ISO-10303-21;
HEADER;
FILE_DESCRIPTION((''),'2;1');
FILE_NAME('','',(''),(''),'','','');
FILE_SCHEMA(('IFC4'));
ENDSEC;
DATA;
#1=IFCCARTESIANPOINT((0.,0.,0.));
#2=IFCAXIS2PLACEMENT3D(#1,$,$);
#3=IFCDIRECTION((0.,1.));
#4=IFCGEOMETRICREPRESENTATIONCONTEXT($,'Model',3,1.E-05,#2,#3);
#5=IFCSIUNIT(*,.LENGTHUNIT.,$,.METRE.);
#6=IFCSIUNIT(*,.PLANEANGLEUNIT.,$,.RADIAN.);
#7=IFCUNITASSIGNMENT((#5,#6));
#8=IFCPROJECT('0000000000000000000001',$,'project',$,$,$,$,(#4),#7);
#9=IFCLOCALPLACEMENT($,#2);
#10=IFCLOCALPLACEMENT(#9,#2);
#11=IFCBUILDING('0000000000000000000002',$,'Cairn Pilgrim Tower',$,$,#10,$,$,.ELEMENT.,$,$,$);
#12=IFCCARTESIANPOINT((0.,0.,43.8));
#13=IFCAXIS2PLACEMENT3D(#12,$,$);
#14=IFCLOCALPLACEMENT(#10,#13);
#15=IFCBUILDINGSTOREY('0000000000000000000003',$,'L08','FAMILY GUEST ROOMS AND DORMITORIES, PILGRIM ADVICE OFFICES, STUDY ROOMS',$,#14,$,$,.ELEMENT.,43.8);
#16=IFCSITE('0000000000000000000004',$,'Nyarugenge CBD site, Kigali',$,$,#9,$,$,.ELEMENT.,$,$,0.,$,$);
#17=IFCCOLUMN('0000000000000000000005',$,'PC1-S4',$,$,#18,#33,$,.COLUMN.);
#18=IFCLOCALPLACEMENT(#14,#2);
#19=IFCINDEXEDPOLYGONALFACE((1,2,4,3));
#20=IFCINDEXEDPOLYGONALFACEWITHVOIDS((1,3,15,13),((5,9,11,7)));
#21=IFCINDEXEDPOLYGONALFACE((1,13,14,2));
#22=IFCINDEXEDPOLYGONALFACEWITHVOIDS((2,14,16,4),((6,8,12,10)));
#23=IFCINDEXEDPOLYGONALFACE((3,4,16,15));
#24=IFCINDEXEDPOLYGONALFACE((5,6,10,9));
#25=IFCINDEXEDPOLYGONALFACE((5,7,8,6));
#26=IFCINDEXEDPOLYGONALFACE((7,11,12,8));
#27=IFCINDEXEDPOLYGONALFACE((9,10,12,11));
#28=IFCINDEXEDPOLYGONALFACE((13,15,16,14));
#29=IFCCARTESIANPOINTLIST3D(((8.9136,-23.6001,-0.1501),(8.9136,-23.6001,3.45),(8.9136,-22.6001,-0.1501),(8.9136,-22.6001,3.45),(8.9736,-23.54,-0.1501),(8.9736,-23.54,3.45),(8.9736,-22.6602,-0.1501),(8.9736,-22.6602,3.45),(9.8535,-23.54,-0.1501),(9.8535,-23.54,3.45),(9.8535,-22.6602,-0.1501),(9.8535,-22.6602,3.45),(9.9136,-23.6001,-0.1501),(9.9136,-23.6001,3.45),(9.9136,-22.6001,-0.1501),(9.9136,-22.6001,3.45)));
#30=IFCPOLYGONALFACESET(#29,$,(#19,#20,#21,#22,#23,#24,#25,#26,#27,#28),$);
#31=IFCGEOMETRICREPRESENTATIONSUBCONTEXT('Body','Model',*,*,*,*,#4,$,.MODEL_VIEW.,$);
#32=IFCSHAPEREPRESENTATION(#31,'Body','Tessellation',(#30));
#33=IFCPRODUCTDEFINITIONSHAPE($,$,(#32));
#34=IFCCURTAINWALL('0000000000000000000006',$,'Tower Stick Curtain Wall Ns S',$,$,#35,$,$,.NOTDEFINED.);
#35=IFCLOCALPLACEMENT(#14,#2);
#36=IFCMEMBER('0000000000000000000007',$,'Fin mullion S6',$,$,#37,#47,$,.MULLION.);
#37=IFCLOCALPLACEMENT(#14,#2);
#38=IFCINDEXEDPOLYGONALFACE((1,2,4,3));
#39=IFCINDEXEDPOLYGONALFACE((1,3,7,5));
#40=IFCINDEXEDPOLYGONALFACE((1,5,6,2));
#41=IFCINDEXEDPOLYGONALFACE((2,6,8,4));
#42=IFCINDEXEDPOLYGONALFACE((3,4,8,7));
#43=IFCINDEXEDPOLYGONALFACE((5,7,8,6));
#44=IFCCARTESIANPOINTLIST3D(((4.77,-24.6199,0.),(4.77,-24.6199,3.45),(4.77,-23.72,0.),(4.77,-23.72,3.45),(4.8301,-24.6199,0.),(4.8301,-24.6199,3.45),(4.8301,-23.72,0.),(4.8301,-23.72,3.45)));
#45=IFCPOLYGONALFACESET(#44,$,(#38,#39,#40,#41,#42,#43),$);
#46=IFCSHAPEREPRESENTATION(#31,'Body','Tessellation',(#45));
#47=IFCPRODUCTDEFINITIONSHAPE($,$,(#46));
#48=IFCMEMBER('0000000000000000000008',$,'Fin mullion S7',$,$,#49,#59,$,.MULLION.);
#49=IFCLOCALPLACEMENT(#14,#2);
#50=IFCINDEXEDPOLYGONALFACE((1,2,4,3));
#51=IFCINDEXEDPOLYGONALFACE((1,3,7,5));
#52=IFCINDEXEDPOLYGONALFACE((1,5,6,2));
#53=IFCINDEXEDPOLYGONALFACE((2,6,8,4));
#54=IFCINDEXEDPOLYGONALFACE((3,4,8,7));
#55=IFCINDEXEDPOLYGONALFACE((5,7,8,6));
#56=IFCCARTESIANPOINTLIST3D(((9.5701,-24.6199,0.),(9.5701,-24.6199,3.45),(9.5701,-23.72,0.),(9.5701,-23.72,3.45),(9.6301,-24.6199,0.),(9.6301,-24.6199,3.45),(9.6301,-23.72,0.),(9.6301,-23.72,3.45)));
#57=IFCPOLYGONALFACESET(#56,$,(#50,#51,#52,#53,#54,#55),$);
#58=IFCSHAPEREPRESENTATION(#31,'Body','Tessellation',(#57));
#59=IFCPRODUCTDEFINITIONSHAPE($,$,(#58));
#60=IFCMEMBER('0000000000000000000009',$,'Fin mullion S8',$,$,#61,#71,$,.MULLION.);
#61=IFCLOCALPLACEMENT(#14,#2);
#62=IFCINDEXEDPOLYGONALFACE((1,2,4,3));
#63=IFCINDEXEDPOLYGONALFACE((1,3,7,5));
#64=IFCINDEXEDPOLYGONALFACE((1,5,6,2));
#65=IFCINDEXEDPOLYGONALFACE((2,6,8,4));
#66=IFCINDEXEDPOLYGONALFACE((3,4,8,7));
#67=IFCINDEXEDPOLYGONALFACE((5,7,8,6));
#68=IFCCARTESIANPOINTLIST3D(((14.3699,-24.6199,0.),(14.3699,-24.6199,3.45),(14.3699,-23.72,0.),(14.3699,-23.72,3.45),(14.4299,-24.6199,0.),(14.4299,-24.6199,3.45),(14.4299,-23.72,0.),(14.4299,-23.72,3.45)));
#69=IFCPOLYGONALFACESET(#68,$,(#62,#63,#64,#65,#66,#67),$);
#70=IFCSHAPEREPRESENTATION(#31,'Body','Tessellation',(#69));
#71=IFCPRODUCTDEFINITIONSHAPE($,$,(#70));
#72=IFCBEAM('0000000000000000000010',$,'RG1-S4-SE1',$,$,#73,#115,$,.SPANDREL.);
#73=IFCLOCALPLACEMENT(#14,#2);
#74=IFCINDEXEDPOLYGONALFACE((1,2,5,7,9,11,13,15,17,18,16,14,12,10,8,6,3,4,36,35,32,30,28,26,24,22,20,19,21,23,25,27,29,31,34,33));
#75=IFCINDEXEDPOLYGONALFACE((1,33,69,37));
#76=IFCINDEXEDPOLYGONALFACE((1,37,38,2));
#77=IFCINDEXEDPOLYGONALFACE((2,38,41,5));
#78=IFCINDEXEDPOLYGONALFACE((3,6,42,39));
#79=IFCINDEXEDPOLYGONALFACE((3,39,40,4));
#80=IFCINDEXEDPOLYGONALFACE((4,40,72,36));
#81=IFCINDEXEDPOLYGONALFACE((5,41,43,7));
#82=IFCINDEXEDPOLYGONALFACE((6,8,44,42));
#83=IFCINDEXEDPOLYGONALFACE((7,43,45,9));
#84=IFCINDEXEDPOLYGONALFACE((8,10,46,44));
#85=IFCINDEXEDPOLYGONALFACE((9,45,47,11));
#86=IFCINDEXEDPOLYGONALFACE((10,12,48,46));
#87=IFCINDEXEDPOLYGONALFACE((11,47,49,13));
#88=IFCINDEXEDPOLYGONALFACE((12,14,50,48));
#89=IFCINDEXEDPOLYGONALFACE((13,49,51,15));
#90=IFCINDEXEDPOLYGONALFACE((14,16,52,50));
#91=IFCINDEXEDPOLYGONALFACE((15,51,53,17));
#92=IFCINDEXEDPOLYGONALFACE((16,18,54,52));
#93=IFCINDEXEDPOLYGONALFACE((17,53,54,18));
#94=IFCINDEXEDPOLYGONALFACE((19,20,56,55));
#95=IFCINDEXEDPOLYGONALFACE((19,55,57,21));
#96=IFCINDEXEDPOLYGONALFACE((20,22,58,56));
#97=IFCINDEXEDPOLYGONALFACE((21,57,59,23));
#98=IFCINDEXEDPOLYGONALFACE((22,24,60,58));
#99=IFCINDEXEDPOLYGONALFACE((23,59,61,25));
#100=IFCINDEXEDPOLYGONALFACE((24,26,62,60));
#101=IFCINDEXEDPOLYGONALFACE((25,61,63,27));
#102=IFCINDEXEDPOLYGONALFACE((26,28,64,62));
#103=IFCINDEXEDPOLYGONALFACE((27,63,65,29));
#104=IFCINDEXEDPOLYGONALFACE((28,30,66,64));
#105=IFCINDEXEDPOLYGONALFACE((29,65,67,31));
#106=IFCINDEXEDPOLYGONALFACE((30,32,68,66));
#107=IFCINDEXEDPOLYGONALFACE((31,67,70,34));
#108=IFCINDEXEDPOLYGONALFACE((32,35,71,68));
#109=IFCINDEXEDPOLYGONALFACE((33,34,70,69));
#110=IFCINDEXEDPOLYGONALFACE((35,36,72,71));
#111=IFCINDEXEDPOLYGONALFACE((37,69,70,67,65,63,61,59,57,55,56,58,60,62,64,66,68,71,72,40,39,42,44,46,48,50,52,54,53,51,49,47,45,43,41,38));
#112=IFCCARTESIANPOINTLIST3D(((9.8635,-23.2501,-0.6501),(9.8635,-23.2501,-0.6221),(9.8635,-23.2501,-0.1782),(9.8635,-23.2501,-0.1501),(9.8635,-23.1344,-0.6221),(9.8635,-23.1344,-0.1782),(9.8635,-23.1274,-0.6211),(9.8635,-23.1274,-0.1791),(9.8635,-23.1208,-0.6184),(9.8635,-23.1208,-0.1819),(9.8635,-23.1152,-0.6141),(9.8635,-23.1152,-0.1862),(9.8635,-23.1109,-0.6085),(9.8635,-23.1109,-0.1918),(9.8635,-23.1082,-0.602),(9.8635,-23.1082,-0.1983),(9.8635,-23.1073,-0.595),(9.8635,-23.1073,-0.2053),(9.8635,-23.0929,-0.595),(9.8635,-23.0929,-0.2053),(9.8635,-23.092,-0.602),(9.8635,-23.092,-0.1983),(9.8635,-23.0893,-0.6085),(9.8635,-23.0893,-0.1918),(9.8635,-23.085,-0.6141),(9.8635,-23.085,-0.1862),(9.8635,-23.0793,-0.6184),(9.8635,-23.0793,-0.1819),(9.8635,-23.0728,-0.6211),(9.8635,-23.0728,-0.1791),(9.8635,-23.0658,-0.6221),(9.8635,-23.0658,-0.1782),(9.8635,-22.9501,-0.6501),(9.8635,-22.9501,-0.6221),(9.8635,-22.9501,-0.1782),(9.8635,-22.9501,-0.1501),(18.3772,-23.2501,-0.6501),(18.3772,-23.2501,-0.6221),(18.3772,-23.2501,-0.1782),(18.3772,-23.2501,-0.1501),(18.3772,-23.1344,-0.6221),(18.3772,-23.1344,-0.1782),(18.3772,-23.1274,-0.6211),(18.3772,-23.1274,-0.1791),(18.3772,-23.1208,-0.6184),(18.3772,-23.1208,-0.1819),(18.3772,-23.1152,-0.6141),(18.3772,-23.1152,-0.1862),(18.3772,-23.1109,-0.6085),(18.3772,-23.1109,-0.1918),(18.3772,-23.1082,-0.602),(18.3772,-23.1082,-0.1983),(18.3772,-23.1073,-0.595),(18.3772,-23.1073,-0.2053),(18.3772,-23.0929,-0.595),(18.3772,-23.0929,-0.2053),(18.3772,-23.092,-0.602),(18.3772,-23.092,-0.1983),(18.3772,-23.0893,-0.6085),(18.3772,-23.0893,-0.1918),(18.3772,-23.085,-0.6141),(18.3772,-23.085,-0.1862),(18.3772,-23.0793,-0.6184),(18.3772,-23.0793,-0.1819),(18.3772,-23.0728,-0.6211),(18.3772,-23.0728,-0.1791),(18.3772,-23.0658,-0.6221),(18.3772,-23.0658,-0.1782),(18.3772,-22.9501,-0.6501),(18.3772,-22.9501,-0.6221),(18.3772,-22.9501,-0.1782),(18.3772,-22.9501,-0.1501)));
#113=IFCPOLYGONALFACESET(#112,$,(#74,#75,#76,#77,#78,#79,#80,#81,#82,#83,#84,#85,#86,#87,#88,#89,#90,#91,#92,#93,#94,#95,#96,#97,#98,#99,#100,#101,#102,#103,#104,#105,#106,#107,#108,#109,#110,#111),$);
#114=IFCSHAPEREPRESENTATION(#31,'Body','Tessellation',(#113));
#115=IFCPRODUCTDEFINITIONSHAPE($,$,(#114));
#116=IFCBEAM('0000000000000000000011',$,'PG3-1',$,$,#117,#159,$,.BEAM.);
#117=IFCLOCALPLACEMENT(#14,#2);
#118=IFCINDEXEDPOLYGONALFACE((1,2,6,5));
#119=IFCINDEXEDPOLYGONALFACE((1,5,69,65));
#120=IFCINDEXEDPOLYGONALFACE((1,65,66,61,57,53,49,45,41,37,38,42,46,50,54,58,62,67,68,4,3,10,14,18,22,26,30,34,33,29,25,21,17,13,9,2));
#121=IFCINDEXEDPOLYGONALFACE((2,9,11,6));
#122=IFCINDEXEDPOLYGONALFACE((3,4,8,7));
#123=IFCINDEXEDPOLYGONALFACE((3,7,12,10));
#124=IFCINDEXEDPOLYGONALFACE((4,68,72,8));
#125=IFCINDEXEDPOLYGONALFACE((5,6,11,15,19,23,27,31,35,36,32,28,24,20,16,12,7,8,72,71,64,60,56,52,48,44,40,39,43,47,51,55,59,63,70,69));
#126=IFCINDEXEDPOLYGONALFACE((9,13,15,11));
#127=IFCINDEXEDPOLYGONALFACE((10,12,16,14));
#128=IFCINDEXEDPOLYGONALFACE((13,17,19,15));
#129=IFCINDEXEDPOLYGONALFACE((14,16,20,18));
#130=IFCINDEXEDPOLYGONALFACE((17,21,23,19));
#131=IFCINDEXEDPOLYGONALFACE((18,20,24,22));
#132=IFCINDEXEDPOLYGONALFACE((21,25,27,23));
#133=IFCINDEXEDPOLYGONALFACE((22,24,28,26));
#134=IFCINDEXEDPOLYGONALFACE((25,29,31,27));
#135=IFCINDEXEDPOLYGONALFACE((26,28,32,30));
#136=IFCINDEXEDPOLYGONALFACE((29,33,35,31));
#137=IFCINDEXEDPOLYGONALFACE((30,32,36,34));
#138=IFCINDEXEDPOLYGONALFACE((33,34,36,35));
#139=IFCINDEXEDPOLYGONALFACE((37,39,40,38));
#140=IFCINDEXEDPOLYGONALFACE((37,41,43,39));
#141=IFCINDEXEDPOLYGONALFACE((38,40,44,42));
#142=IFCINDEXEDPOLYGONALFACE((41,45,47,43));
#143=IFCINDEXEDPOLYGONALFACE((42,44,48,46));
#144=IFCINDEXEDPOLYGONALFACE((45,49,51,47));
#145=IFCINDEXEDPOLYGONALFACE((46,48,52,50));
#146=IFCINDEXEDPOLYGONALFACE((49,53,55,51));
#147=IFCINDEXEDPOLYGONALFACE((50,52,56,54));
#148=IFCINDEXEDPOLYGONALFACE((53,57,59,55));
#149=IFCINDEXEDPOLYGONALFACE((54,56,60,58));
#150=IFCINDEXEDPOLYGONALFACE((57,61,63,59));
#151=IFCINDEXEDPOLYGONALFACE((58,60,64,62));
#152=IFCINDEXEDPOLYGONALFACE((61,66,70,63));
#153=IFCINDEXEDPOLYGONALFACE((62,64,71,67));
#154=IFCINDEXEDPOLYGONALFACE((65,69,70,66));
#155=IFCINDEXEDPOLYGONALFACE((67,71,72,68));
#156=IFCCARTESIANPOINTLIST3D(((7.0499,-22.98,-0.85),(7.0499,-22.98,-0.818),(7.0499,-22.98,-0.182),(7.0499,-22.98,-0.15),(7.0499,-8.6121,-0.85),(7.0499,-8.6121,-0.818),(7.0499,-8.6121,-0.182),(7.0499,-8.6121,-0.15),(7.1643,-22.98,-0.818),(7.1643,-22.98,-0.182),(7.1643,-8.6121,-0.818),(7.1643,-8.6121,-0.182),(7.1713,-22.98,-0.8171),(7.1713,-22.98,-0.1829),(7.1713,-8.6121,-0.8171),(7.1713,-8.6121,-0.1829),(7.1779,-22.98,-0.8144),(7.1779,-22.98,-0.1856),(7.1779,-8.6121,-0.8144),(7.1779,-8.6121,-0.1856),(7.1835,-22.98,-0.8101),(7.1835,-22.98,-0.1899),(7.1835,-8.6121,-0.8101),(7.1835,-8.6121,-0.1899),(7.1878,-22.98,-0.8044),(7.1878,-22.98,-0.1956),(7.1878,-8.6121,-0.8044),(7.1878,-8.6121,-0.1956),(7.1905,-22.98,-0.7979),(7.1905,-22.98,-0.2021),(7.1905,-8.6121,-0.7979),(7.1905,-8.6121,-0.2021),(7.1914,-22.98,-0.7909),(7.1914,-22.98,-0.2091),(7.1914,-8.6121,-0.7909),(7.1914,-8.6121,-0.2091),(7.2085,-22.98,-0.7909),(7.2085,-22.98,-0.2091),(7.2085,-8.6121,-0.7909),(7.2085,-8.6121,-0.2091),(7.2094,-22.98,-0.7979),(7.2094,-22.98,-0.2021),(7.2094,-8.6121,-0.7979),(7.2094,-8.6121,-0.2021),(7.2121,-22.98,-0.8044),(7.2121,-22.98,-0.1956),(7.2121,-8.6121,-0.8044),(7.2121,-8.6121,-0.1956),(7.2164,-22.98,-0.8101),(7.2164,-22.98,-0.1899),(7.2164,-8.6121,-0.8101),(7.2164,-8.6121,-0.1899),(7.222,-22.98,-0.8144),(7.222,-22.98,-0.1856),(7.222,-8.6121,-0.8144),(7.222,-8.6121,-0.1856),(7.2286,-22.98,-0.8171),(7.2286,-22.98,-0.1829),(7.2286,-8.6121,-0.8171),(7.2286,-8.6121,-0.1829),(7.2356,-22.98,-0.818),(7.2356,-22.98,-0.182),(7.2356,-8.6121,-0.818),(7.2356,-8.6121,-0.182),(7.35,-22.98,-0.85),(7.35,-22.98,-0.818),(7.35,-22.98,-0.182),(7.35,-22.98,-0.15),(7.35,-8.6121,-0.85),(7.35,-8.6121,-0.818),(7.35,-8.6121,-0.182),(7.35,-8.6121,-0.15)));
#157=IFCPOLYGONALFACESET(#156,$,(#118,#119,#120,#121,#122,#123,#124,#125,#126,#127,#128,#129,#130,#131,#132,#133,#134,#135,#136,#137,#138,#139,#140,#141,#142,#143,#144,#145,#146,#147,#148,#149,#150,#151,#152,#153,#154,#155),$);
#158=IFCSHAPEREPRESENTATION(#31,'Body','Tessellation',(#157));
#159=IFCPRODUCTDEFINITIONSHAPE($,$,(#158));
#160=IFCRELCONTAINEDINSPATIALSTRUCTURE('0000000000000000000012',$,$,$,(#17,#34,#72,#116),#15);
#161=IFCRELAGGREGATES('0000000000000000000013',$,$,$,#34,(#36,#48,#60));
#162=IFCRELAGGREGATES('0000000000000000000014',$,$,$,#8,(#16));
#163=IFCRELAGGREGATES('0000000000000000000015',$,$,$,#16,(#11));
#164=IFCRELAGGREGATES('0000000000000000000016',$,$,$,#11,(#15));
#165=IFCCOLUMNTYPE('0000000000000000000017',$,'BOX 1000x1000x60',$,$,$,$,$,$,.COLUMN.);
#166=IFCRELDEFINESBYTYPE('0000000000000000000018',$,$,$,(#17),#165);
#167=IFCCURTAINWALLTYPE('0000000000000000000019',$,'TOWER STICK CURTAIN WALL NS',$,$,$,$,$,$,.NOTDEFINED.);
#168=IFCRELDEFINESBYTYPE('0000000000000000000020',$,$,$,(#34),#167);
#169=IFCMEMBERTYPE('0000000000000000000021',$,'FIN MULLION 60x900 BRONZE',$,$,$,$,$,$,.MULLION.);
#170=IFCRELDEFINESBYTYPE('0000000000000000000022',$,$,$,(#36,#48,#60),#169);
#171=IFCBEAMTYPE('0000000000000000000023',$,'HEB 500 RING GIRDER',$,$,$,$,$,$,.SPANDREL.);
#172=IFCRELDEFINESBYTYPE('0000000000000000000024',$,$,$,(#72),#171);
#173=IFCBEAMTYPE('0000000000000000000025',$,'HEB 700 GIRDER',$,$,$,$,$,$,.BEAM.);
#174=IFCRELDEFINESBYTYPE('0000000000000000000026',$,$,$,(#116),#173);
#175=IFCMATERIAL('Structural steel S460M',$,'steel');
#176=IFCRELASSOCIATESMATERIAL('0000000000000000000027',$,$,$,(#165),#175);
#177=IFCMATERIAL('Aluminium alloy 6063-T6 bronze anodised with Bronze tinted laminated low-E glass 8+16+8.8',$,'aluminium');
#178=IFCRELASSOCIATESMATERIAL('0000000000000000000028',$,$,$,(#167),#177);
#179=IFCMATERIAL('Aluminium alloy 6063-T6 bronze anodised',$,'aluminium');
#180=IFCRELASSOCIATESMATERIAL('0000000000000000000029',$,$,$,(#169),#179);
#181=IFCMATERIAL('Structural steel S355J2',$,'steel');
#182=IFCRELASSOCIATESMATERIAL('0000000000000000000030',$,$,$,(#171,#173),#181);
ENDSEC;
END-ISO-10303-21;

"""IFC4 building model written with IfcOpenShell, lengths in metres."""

from ifc_helpers import new_model, si_unit, direction, frame, origin, origin_2d, place, context, subcontext, project, spatial, rectangle, hollow_rectangle, i_section, extrude, material, material_profile, profile_set, type_object, element, aggregate, save


model = new_model("IFC4")

# Units and contexts
model_context = context("Model", 3, precision=1e-05, world=origin(), true_north=direction((0.0, 1.0)))
body_context = subcontext(model_context, "Body", "Model", "MODEL_VIEW")
ifc_project = project(units=[si_unit("LENGTHUNIT", "METRE"), si_unit("PLANEANGLEUNIT", "RADIAN")], contexts=[model_context])

# Site, building, storey
site_placement = place(None, origin())
site = spatial("IfcSite", under=ifc_project, at=site_placement, Name="Nyarugenge CBD site, Kigali", CompositionType="ELEMENT", RefElevation=0.0)
building_placement = place(site_placement, origin())
building = spatial("IfcBuilding", under=site, at=building_placement, Name="Cairn Pilgrim Tower", CompositionType="ELEMENT")
storey_placement = place(building_placement, frame((0.0, 0.0, 43.8)))
storey = spatial("IfcBuildingStorey", under=building, at=storey_placement, Name="L08", Description="FAMILY GUEST ROOMS AND DORMITORIES, PILGRIM ADVICE OFFICES, STUDY ROOMS", CompositionType="ELEMENT", Elevation=43.8)

# Column
ifc_material_1 = material(Name="Structural steel S460M", Category="steel")
ifc_material_profile_1 = material_profile(ifc_material_1, hollow_rectangle(XDim=1.0, YDim=1.0, WallThickness=0.0601, at=origin_2d()), Name="BOX 1000x1000x60")
ifc_profile_set_1 = profile_set([ifc_material_profile_1], Name="Structural steel S460M")
column_type = type_object("IfcColumnType", Name="BOX 1000x1000x60", PredefinedType="COLUMN", material=ifc_profile_set_1)
column_placement = place(storey_placement, frame((9.4136, -23.1001, -0.1501), z_axis=(0.0, 0.0, 1.0), x_axis=(1.0, 0.0, 0.0)))
element("IfcColumn", 1, at=column_placement, inside=storey, type_object=column_type, Name="PC1-S4", PredefinedType="COLUMN", context=body_context, shape_type="SweptSolid", body=[
    extrude(hollow_rectangle(XDim=1.0, YDim=1.0, WallThickness=0.0601, at=origin_2d()), origin(), (0.0, 0.0, 1.0), 3.6001),
])

# Curtain wall, members
ifc_material_2 = material(Name="Aluminium alloy 6063-T6 bronze anodised with Bronze tinted laminated low-E glass 8+16+8.8", Category="aluminium")
curtain_wall_type = type_object("IfcCurtainWallType", Name="TOWER STICK CURTAIN WALL NS", PredefinedType="NOTDEFINED", material=ifc_material_2)
curtain_wall_placement = place(storey_placement, origin())
curtain_wall = element("IfcCurtainWall", 2, at=curtain_wall_placement, inside=storey, type_object=curtain_wall_type, Name="Tower Stick Curtain Wall Ns S", PredefinedType="NOTDEFINED")
ifc_material_3 = material(Name="Aluminium alloy 6063-T6 bronze anodised", Category="aluminium")
ifc_material_profile_2 = material_profile(ifc_material_3, rectangle(XDim=0.8999, YDim=0.0601, at=origin_2d()), Name="FIN MULLION 60x900 BRONZE")
ifc_profile_set_2 = profile_set([ifc_material_profile_2], Name="Aluminium alloy 6063-T6 bronze anodised")
member_type_1 = type_object("IfcMemberType", Name="FIN MULLION 60x900 BRONZE", PredefinedType="MULLION", material=ifc_profile_set_2)
member_1_placement = place(storey_placement, frame((4.8, -24.1699, 0.0), z_axis=(0.0, 0.0, 1.0), x_axis=(0.0, -1.0, 0.0)))
member_1 = element("IfcMember", 3, at=member_1_placement, type_object=member_type_1, Name="Fin mullion S6", PredefinedType="MULLION", context=body_context, shape_type="SweptSolid", body=[
    extrude(rectangle(XDim=0.8999, YDim=0.0601, at=origin_2d()), origin(), (0.0, 0.0, 1.0), 3.45),
])
member_2_placement = place(storey_placement, frame((9.6001, -24.1699, 0.0), z_axis=(0.0, 0.0, 1.0), x_axis=(0.0, -1.0, 0.0)))
member_2 = element("IfcMember", 4, at=member_2_placement, type_object=member_type_1, Name="Fin mullion S7", PredefinedType="MULLION", context=body_context, shape_type="SweptSolid", body=[
    extrude(rectangle(XDim=0.8999, YDim=0.0601, at=origin_2d()), origin(), (0.0, 0.0, 1.0), 3.45),
])
member_3_placement = place(storey_placement, frame((14.3999, -24.1699, 0.0), z_axis=(0.0, 0.0, 1.0), x_axis=(0.0, -1.0, 0.0)))
member_3 = element("IfcMember", 5, at=member_3_placement, type_object=member_type_1, Name="Fin mullion S8", PredefinedType="MULLION", context=body_context, shape_type="SweptSolid", body=[
    extrude(rectangle(XDim=0.8999, YDim=0.0601, at=origin_2d()), origin(), (0.0, 0.0, 1.0), 3.45),
])

# Beams
ifc_material_4 = material(Name="Structural steel S355J2", Category="steel")
ifc_material_profile_3 = material_profile(ifc_material_4, i_section(OverallWidth=0.3, OverallDepth=0.5, WebThickness=0.0144, FlangeThickness=0.0281, FilletRadius=0.0271, at=origin_2d()), Name="HEB 500")
ifc_profile_set_3 = profile_set([ifc_material_profile_3], Name="Structural steel S355J2")
beam_type_1 = type_object("IfcBeamType", Name="HEB 500 RING GIRDER", PredefinedType="SPANDREL", material=ifc_profile_set_3)
beam_1_placement = place(storey_placement, frame((9.8635, -23.1001, -0.4001), z_axis=(1.0, 0.0, 0.0), x_axis=(0.0, 1.0, 0.0)))
element("IfcBeam", 6, at=beam_1_placement, inside=storey, type_object=beam_type_1, Name="RG1-S4-SE1", PredefinedType="SPANDREL", context=body_context, shape_type="SweptSolid", body=[
    extrude(i_section(OverallWidth=0.3, OverallDepth=0.5, WebThickness=0.0144, FlangeThickness=0.0281, FilletRadius=0.0271, at=origin_2d()), origin(), (0.0, 0.0, 1.0), 8.5137),
])
ifc_material_profile_4 = material_profile(ifc_material_4, i_section(OverallWidth=0.3, OverallDepth=0.7, WebThickness=0.0171, FlangeThickness=0.032, FilletRadius=0.0271, at=origin_2d()), Name="HEB 700")
ifc_profile_set_4 = profile_set([ifc_material_profile_4], Name="Structural steel S355J2")
beam_type_2 = type_object("IfcBeamType", Name="HEB 700 GIRDER", PredefinedType="BEAM", material=ifc_profile_set_4)
beam_2_placement = place(storey_placement, frame((7.2, -22.98, -0.5), z_axis=(0.0, 1.0, 0.0), x_axis=(-1.0, 0.0, 0.0)))
element("IfcBeam", 7, at=beam_2_placement, inside=storey, type_object=beam_type_2, Name="PG3-1", PredefinedType="BEAM", context=body_context, shape_type="SweptSolid", body=[
    extrude(i_section(OverallWidth=0.3, OverallDepth=0.7, WebThickness=0.0171, FlangeThickness=0.032, FilletRadius=0.0271, at=origin_2d()), origin(), (0.0, 0.0, 1.0), 14.3679),
])

aggregate(curtain_wall, [member_1, member_2, member_3])

save(model, "model.ifc")
